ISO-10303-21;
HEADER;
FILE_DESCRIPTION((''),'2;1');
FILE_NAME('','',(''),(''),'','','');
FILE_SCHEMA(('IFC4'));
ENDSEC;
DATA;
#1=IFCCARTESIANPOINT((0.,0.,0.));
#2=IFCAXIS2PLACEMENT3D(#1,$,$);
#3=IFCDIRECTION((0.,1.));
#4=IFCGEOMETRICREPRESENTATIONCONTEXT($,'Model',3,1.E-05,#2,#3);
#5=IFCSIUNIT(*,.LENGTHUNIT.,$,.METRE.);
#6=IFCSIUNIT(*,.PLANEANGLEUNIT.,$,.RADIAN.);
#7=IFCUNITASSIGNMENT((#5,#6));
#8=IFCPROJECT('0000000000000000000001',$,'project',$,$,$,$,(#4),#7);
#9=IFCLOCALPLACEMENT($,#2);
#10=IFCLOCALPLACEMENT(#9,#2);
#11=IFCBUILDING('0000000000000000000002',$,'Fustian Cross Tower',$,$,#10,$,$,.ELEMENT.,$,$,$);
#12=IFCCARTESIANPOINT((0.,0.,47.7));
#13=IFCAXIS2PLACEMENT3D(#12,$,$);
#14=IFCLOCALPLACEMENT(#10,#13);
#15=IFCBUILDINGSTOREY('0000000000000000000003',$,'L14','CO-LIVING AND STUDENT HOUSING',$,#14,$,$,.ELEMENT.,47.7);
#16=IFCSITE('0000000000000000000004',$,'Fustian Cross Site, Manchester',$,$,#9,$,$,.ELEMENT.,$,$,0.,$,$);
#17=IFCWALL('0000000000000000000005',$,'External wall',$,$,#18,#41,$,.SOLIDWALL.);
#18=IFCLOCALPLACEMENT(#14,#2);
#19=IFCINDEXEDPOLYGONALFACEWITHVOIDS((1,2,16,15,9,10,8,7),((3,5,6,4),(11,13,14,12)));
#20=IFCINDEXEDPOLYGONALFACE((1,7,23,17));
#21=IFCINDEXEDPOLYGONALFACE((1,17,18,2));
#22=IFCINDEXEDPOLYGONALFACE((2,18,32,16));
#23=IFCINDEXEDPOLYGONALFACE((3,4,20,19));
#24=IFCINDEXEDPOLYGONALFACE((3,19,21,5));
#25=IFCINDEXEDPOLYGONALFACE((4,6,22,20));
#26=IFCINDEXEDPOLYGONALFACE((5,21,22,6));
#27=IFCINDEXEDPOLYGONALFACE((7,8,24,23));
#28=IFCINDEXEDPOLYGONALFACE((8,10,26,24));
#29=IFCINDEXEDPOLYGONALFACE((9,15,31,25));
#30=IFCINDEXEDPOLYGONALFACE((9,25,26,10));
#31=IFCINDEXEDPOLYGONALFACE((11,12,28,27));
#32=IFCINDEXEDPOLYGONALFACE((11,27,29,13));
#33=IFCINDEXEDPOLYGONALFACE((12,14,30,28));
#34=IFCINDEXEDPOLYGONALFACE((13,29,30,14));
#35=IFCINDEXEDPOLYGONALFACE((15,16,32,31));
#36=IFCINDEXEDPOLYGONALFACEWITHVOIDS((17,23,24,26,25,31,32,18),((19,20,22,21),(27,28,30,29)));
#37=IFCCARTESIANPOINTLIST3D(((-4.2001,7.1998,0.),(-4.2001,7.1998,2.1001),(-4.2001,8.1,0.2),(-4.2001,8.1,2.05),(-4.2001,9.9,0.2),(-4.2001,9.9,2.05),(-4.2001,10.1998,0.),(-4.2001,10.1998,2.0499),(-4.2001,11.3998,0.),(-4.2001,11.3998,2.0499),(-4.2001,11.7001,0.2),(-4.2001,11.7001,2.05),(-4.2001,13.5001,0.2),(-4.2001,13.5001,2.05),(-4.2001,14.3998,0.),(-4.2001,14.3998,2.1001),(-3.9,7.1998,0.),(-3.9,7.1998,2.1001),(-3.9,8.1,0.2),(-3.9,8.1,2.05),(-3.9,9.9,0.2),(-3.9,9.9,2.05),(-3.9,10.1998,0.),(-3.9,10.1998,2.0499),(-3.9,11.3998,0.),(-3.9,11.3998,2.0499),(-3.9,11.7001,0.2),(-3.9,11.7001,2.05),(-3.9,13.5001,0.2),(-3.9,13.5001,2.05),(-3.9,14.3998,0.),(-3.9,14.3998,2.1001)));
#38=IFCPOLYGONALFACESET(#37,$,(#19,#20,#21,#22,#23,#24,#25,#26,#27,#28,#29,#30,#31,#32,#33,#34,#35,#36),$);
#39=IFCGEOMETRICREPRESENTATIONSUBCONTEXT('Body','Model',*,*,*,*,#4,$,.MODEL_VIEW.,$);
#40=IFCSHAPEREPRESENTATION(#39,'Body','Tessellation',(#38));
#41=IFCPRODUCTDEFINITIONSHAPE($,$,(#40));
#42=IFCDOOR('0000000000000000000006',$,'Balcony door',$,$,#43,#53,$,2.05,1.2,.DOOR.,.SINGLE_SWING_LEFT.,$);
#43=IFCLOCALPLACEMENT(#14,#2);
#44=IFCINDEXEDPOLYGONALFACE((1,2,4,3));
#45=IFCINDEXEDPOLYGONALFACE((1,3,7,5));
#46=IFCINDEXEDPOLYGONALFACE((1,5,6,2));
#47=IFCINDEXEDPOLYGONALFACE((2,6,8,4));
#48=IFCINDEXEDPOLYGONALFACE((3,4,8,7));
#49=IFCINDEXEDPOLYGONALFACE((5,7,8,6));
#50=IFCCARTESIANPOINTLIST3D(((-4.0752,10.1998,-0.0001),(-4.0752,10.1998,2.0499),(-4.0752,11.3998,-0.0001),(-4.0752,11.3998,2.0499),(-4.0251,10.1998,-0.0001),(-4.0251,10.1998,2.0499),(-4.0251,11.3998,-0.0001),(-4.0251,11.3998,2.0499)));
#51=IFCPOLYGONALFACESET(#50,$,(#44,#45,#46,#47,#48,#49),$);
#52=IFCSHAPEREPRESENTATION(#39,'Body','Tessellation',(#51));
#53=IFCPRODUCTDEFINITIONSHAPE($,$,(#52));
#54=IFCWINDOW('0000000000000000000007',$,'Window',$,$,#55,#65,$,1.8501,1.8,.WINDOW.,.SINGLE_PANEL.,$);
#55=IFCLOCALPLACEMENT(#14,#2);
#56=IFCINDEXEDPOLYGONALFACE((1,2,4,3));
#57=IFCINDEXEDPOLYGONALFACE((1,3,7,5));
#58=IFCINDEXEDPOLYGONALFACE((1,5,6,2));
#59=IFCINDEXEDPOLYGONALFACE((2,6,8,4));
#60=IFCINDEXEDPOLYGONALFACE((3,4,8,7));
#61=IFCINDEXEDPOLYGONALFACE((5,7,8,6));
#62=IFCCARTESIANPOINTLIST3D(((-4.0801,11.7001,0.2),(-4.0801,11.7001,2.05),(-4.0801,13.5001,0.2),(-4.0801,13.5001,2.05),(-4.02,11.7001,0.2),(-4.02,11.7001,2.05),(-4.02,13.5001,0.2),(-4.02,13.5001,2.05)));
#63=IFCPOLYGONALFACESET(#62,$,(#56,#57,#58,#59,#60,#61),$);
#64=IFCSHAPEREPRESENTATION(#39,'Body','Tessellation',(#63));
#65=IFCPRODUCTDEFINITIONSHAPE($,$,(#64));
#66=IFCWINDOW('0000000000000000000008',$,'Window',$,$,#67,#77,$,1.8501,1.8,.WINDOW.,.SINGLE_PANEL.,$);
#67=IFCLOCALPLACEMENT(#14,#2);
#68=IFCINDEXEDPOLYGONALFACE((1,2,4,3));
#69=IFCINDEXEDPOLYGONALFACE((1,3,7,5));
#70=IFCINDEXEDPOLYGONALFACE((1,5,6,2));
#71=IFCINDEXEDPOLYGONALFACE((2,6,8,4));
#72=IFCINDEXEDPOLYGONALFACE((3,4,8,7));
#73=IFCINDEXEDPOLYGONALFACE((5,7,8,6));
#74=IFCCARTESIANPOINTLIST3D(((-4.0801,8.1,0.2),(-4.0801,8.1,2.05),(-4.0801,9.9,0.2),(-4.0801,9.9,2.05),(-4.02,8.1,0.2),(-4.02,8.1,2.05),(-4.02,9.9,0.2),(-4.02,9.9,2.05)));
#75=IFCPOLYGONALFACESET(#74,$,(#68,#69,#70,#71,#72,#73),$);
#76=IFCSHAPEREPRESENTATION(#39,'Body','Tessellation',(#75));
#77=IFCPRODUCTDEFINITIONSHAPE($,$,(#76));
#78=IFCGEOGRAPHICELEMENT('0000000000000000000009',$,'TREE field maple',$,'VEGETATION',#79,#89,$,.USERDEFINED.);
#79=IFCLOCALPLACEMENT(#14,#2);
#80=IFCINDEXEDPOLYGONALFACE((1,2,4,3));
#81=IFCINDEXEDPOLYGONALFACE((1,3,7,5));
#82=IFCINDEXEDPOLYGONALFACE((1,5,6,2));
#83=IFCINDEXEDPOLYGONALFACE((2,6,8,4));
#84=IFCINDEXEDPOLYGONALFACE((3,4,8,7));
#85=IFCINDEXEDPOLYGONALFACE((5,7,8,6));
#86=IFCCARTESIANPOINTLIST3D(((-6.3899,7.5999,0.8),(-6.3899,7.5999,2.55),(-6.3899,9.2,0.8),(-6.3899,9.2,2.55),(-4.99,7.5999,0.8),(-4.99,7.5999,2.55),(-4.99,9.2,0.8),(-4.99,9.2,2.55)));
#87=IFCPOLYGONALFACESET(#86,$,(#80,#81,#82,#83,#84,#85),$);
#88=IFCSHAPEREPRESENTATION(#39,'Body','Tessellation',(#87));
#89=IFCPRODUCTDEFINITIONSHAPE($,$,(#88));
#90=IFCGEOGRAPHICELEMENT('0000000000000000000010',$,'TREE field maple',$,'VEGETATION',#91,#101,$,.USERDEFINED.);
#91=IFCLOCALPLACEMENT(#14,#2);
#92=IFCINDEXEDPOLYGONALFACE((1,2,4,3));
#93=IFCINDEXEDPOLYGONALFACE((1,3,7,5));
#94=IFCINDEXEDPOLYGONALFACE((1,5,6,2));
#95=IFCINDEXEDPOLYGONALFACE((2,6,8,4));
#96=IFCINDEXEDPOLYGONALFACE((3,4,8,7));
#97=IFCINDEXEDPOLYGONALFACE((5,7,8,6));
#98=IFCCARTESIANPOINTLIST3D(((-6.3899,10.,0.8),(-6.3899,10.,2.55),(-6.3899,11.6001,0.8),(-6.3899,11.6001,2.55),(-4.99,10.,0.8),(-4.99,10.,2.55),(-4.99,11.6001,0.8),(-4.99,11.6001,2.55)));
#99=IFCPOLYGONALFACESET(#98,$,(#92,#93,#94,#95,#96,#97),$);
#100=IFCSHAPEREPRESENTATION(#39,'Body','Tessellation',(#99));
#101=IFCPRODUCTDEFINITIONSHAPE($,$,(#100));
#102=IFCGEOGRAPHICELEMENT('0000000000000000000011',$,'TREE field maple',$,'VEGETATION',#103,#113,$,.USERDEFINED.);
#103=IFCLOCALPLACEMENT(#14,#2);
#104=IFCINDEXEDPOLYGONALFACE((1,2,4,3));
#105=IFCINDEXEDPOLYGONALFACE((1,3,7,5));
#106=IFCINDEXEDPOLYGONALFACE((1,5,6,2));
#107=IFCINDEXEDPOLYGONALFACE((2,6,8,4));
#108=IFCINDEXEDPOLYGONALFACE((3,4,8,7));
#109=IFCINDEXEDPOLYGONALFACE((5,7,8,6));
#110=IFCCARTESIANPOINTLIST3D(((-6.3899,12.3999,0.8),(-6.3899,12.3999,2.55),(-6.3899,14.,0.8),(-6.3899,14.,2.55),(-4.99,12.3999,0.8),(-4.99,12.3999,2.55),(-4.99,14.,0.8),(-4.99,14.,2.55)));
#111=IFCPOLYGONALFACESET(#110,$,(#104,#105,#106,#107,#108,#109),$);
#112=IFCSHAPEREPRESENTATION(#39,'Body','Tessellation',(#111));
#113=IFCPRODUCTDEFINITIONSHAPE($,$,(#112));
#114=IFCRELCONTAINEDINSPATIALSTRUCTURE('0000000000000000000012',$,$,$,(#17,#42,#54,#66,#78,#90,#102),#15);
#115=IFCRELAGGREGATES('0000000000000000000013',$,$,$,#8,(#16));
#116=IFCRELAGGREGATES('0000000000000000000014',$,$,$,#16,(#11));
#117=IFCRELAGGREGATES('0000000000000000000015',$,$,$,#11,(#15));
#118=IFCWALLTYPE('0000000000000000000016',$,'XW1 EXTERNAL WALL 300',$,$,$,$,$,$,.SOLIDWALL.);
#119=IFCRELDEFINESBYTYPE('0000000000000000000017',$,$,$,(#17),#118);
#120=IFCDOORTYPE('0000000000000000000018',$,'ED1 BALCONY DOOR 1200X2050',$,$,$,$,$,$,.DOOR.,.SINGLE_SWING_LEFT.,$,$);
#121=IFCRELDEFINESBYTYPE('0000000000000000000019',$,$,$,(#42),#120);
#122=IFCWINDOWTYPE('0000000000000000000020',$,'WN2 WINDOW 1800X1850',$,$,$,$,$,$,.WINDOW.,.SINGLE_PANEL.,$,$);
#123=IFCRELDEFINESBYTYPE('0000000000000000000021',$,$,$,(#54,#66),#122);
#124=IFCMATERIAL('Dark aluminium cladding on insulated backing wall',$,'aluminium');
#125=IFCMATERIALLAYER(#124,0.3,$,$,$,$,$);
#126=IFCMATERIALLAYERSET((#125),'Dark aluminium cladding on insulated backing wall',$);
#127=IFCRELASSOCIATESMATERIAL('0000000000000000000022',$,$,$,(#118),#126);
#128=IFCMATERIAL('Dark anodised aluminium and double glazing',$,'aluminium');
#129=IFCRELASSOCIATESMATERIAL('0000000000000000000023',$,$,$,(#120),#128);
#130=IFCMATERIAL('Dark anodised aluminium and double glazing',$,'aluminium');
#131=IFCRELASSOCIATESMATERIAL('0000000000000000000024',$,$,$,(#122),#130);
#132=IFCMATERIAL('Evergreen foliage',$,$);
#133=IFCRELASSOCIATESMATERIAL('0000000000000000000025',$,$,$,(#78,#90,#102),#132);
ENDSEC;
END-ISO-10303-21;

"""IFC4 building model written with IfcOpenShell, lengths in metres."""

from ifc_helpers import new_model, si_unit, direction, frame, frame_2d, origin, origin_2d, place, context, subcontext, project, spatial, rectangle, extrude, material, layer, layer_set, type_object, element, fill, save


model = new_model("IFC4")

# Units and contexts
model_context = context("Model", 3, precision=1e-05, world=origin(), true_north=direction((0.0, 1.0)))
body_context = subcontext(model_context, "Body", "Model", "MODEL_VIEW")
ifc_project = project(units=[si_unit("LENGTHUNIT", "METRE"), si_unit("PLANEANGLEUNIT", "RADIAN")], contexts=[model_context])

# Site, building, storey
site_placement = place(None, origin())
site = spatial("IfcSite", under=ifc_project, at=site_placement, Name="Fustian Cross Site, Manchester", CompositionType="ELEMENT", RefElevation=0.0)
building_placement = place(site_placement, origin())
building = spatial("IfcBuilding", under=site, at=building_placement, Name="Fustian Cross Tower", CompositionType="ELEMENT")
storey_placement = place(building_placement, frame((0.0, 0.0, 47.7)))
storey = spatial("IfcBuildingStorey", under=building, at=storey_placement, Name="L14", Description="CO-LIVING AND STUDENT HOUSING", CompositionType="ELEMENT", Elevation=47.7)

# Shared definitions
ifc_material_1 = material(Name="Dark aluminium cladding on insulated backing wall", Category="aluminium")
ifc_layer_1 = layer(ifc_material_1, 0.3)
ifc_layer_set_1 = layer_set([ifc_layer_1], Name="Dark aluminium cladding on insulated backing wall")
wall_type_1 = type_object("IfcWallType", Name="XW1 EXTERNAL WALL 300", PredefinedType="SOLIDWALL", material=ifc_layer_set_1)

# Wall, openings, door, windows
wall_1_placement = place(storey_placement, frame((-4.05, 14.3999, 0.0), z_axis=(0.0, 0.0, 1.0), x_axis=(0.0, -1.0, 0.0)))
wall_1 = element("IfcWall", 1, at=wall_1_placement, inside=storey, type_object=wall_type_1, Name="External wall", PredefinedType="SOLIDWALL", context=body_context, shape_type="SweptSolid", body=[
    extrude(rectangle(XDim=7.2, YDim=0.3, at=frame_2d((3.6001, 0.0))), origin(), (0.0, 0.0, 1.0), 2.1001),
])
opening_1_placement = place(wall_1_placement, frame((3.0, 0.0, 0.0)))
opening_1 = element("IfcOpeningElement", 2, at=opening_1_placement, cuts=wall_1, PredefinedType="OPENING", context=body_context, shape_type="SweptSolid", body=[
    extrude(rectangle(XDim=1.2, YDim=2.05, at=frame_2d((0.6001, 1.0249))), frame((0.0, 0.1599, 0.0), z_axis=(0.0, -1.0, 0.0), x_axis=(1.0, 0.0, 0.0)), (0.0, 0.0, 1.0), 0.3201),
])
opening_2_placement = place(wall_1_placement, frame((0.8999, 0.0, 0.2)))
opening_2 = element("IfcOpeningElement", 3, at=opening_2_placement, cuts=wall_1, PredefinedType="OPENING", context=body_context, shape_type="SweptSolid", body=[
    extrude(rectangle(XDim=1.8, YDim=1.8501, at=frame_2d((0.8999, 0.925))), frame((0.0, 0.1599, 0.0), z_axis=(0.0, -1.0, 0.0), x_axis=(1.0, 0.0, 0.0)), (0.0, 0.0, 1.0), 0.3201),
])
opening_3_placement = place(wall_1_placement, frame((4.5, 0.0, 0.2)))
opening_3 = element("IfcOpeningElement", 4, at=opening_3_placement, cuts=wall_1, PredefinedType="OPENING", context=body_context, shape_type="SweptSolid", body=[
    extrude(rectangle(XDim=1.8, YDim=1.8501, at=frame_2d((0.8999, 0.925))), frame((0.0, 0.1599, 0.0), z_axis=(0.0, -1.0, 0.0), x_axis=(1.0, 0.0, 0.0)), (0.0, 0.0, 1.0), 0.3201),
])
ifc_material_2 = material(Name="Dark anodised aluminium and double glazing", Category="aluminium")
door_type = type_object("IfcDoorType", Name="ED1 BALCONY DOOR 1200X2050", OperationType="SINGLE_SWING_LEFT", PredefinedType="DOOR", material=ifc_material_2)
door_placement = place(opening_1_placement, origin())
door = element("IfcDoor", 5, at=door_placement, inside=storey, type_object=door_type, Name="Balcony door", OperationType="SINGLE_SWING_LEFT", OverallHeight=2.05, OverallWidth=1.2, PredefinedType="DOOR", context=body_context, shape_type="SweptSolid", body=[
    extrude(rectangle(XDim=1.2, YDim=2.05, at=frame_2d((0.6001, 1.0249))), frame((0.0, 0.0249, 0.0), z_axis=(0.0, -1.0, 0.0), x_axis=(1.0, 0.0, 0.0)), (0.0, 0.0, 1.0), 0.05),
])
fill(opening_1, door)
ifc_material_3 = material(Name="Dark anodised aluminium and double glazing", Category="aluminium")
window_type = type_object("IfcWindowType", Name="WN2 WINDOW 1800X1850", PartitioningType="SINGLE_PANEL", PredefinedType="WINDOW", material=ifc_material_3)
window_1_placement = place(opening_2_placement, origin())
window_1 = element("IfcWindow", 6, at=window_1_placement, inside=storey, type_object=window_type, Name="Window", OverallHeight=1.8501, OverallWidth=1.8, PartitioningType="SINGLE_PANEL", PredefinedType="WINDOW", context=body_context, shape_type="SweptSolid", body=[
    extrude(rectangle(XDim=1.8, YDim=1.8501, at=frame_2d((0.8999, 0.925))), frame((0.0, 0.03, 0.0), z_axis=(0.0, -1.0, 0.0), x_axis=(1.0, 0.0, 0.0)), (0.0, 0.0, 1.0), 0.0601),
])
fill(opening_2, window_1)
window_2_placement = place(opening_3_placement, origin())
window_2 = element("IfcWindow", 7, at=window_2_placement, inside=storey, type_object=window_type, Name="Window", OverallHeight=1.8501, OverallWidth=1.8, PartitioningType="SINGLE_PANEL", PredefinedType="WINDOW", context=body_context, shape_type="SweptSolid", body=[
    extrude(rectangle(XDim=1.8, YDim=1.8501, at=frame_2d((0.8999, 0.925))), frame((0.0, 0.03, 0.0), z_axis=(0.0, -1.0, 0.0), x_axis=(1.0, 0.0, 0.0)), (0.0, 0.0, 1.0), 0.0601),
])
fill(opening_3, window_2)

# Geographic elements
ifc_material_4 = material(Name="Evergreen foliage")
for number, where, z_axis, x_axis, name in (
    (8, (-5.6899, 8.3999, 0.8), (0.0, 0.0, 1.0), (1.0, 0.0, 0.0), "TREE field maple"),
    (9, (-5.6899, 10.8, 0.8), (0.0, 0.0, 1.0), (1.0, 0.0, 0.0), "TREE field maple"),
    (10, (-5.6899, 13.2, 0.8), (0.0, 0.0, 1.0), (1.0, 0.0, 0.0), "TREE field maple"),
):
    element("IfcGeographicElement", number, at=place(storey_placement, frame(where, z_axis=z_axis, x_axis=x_axis)), inside=storey, material=ifc_material_4, Name=name, ObjectType="VEGETATION", PredefinedType="USERDEFINED", context=body_context, shape_type="SweptSolid", body=[
        extrude(rectangle(XDim=1.3999, YDim=1.6001, at=origin_2d()), origin(), (0.0, 0.0, 1.0), 1.75),
    ])

save(model, "model.ifc")
